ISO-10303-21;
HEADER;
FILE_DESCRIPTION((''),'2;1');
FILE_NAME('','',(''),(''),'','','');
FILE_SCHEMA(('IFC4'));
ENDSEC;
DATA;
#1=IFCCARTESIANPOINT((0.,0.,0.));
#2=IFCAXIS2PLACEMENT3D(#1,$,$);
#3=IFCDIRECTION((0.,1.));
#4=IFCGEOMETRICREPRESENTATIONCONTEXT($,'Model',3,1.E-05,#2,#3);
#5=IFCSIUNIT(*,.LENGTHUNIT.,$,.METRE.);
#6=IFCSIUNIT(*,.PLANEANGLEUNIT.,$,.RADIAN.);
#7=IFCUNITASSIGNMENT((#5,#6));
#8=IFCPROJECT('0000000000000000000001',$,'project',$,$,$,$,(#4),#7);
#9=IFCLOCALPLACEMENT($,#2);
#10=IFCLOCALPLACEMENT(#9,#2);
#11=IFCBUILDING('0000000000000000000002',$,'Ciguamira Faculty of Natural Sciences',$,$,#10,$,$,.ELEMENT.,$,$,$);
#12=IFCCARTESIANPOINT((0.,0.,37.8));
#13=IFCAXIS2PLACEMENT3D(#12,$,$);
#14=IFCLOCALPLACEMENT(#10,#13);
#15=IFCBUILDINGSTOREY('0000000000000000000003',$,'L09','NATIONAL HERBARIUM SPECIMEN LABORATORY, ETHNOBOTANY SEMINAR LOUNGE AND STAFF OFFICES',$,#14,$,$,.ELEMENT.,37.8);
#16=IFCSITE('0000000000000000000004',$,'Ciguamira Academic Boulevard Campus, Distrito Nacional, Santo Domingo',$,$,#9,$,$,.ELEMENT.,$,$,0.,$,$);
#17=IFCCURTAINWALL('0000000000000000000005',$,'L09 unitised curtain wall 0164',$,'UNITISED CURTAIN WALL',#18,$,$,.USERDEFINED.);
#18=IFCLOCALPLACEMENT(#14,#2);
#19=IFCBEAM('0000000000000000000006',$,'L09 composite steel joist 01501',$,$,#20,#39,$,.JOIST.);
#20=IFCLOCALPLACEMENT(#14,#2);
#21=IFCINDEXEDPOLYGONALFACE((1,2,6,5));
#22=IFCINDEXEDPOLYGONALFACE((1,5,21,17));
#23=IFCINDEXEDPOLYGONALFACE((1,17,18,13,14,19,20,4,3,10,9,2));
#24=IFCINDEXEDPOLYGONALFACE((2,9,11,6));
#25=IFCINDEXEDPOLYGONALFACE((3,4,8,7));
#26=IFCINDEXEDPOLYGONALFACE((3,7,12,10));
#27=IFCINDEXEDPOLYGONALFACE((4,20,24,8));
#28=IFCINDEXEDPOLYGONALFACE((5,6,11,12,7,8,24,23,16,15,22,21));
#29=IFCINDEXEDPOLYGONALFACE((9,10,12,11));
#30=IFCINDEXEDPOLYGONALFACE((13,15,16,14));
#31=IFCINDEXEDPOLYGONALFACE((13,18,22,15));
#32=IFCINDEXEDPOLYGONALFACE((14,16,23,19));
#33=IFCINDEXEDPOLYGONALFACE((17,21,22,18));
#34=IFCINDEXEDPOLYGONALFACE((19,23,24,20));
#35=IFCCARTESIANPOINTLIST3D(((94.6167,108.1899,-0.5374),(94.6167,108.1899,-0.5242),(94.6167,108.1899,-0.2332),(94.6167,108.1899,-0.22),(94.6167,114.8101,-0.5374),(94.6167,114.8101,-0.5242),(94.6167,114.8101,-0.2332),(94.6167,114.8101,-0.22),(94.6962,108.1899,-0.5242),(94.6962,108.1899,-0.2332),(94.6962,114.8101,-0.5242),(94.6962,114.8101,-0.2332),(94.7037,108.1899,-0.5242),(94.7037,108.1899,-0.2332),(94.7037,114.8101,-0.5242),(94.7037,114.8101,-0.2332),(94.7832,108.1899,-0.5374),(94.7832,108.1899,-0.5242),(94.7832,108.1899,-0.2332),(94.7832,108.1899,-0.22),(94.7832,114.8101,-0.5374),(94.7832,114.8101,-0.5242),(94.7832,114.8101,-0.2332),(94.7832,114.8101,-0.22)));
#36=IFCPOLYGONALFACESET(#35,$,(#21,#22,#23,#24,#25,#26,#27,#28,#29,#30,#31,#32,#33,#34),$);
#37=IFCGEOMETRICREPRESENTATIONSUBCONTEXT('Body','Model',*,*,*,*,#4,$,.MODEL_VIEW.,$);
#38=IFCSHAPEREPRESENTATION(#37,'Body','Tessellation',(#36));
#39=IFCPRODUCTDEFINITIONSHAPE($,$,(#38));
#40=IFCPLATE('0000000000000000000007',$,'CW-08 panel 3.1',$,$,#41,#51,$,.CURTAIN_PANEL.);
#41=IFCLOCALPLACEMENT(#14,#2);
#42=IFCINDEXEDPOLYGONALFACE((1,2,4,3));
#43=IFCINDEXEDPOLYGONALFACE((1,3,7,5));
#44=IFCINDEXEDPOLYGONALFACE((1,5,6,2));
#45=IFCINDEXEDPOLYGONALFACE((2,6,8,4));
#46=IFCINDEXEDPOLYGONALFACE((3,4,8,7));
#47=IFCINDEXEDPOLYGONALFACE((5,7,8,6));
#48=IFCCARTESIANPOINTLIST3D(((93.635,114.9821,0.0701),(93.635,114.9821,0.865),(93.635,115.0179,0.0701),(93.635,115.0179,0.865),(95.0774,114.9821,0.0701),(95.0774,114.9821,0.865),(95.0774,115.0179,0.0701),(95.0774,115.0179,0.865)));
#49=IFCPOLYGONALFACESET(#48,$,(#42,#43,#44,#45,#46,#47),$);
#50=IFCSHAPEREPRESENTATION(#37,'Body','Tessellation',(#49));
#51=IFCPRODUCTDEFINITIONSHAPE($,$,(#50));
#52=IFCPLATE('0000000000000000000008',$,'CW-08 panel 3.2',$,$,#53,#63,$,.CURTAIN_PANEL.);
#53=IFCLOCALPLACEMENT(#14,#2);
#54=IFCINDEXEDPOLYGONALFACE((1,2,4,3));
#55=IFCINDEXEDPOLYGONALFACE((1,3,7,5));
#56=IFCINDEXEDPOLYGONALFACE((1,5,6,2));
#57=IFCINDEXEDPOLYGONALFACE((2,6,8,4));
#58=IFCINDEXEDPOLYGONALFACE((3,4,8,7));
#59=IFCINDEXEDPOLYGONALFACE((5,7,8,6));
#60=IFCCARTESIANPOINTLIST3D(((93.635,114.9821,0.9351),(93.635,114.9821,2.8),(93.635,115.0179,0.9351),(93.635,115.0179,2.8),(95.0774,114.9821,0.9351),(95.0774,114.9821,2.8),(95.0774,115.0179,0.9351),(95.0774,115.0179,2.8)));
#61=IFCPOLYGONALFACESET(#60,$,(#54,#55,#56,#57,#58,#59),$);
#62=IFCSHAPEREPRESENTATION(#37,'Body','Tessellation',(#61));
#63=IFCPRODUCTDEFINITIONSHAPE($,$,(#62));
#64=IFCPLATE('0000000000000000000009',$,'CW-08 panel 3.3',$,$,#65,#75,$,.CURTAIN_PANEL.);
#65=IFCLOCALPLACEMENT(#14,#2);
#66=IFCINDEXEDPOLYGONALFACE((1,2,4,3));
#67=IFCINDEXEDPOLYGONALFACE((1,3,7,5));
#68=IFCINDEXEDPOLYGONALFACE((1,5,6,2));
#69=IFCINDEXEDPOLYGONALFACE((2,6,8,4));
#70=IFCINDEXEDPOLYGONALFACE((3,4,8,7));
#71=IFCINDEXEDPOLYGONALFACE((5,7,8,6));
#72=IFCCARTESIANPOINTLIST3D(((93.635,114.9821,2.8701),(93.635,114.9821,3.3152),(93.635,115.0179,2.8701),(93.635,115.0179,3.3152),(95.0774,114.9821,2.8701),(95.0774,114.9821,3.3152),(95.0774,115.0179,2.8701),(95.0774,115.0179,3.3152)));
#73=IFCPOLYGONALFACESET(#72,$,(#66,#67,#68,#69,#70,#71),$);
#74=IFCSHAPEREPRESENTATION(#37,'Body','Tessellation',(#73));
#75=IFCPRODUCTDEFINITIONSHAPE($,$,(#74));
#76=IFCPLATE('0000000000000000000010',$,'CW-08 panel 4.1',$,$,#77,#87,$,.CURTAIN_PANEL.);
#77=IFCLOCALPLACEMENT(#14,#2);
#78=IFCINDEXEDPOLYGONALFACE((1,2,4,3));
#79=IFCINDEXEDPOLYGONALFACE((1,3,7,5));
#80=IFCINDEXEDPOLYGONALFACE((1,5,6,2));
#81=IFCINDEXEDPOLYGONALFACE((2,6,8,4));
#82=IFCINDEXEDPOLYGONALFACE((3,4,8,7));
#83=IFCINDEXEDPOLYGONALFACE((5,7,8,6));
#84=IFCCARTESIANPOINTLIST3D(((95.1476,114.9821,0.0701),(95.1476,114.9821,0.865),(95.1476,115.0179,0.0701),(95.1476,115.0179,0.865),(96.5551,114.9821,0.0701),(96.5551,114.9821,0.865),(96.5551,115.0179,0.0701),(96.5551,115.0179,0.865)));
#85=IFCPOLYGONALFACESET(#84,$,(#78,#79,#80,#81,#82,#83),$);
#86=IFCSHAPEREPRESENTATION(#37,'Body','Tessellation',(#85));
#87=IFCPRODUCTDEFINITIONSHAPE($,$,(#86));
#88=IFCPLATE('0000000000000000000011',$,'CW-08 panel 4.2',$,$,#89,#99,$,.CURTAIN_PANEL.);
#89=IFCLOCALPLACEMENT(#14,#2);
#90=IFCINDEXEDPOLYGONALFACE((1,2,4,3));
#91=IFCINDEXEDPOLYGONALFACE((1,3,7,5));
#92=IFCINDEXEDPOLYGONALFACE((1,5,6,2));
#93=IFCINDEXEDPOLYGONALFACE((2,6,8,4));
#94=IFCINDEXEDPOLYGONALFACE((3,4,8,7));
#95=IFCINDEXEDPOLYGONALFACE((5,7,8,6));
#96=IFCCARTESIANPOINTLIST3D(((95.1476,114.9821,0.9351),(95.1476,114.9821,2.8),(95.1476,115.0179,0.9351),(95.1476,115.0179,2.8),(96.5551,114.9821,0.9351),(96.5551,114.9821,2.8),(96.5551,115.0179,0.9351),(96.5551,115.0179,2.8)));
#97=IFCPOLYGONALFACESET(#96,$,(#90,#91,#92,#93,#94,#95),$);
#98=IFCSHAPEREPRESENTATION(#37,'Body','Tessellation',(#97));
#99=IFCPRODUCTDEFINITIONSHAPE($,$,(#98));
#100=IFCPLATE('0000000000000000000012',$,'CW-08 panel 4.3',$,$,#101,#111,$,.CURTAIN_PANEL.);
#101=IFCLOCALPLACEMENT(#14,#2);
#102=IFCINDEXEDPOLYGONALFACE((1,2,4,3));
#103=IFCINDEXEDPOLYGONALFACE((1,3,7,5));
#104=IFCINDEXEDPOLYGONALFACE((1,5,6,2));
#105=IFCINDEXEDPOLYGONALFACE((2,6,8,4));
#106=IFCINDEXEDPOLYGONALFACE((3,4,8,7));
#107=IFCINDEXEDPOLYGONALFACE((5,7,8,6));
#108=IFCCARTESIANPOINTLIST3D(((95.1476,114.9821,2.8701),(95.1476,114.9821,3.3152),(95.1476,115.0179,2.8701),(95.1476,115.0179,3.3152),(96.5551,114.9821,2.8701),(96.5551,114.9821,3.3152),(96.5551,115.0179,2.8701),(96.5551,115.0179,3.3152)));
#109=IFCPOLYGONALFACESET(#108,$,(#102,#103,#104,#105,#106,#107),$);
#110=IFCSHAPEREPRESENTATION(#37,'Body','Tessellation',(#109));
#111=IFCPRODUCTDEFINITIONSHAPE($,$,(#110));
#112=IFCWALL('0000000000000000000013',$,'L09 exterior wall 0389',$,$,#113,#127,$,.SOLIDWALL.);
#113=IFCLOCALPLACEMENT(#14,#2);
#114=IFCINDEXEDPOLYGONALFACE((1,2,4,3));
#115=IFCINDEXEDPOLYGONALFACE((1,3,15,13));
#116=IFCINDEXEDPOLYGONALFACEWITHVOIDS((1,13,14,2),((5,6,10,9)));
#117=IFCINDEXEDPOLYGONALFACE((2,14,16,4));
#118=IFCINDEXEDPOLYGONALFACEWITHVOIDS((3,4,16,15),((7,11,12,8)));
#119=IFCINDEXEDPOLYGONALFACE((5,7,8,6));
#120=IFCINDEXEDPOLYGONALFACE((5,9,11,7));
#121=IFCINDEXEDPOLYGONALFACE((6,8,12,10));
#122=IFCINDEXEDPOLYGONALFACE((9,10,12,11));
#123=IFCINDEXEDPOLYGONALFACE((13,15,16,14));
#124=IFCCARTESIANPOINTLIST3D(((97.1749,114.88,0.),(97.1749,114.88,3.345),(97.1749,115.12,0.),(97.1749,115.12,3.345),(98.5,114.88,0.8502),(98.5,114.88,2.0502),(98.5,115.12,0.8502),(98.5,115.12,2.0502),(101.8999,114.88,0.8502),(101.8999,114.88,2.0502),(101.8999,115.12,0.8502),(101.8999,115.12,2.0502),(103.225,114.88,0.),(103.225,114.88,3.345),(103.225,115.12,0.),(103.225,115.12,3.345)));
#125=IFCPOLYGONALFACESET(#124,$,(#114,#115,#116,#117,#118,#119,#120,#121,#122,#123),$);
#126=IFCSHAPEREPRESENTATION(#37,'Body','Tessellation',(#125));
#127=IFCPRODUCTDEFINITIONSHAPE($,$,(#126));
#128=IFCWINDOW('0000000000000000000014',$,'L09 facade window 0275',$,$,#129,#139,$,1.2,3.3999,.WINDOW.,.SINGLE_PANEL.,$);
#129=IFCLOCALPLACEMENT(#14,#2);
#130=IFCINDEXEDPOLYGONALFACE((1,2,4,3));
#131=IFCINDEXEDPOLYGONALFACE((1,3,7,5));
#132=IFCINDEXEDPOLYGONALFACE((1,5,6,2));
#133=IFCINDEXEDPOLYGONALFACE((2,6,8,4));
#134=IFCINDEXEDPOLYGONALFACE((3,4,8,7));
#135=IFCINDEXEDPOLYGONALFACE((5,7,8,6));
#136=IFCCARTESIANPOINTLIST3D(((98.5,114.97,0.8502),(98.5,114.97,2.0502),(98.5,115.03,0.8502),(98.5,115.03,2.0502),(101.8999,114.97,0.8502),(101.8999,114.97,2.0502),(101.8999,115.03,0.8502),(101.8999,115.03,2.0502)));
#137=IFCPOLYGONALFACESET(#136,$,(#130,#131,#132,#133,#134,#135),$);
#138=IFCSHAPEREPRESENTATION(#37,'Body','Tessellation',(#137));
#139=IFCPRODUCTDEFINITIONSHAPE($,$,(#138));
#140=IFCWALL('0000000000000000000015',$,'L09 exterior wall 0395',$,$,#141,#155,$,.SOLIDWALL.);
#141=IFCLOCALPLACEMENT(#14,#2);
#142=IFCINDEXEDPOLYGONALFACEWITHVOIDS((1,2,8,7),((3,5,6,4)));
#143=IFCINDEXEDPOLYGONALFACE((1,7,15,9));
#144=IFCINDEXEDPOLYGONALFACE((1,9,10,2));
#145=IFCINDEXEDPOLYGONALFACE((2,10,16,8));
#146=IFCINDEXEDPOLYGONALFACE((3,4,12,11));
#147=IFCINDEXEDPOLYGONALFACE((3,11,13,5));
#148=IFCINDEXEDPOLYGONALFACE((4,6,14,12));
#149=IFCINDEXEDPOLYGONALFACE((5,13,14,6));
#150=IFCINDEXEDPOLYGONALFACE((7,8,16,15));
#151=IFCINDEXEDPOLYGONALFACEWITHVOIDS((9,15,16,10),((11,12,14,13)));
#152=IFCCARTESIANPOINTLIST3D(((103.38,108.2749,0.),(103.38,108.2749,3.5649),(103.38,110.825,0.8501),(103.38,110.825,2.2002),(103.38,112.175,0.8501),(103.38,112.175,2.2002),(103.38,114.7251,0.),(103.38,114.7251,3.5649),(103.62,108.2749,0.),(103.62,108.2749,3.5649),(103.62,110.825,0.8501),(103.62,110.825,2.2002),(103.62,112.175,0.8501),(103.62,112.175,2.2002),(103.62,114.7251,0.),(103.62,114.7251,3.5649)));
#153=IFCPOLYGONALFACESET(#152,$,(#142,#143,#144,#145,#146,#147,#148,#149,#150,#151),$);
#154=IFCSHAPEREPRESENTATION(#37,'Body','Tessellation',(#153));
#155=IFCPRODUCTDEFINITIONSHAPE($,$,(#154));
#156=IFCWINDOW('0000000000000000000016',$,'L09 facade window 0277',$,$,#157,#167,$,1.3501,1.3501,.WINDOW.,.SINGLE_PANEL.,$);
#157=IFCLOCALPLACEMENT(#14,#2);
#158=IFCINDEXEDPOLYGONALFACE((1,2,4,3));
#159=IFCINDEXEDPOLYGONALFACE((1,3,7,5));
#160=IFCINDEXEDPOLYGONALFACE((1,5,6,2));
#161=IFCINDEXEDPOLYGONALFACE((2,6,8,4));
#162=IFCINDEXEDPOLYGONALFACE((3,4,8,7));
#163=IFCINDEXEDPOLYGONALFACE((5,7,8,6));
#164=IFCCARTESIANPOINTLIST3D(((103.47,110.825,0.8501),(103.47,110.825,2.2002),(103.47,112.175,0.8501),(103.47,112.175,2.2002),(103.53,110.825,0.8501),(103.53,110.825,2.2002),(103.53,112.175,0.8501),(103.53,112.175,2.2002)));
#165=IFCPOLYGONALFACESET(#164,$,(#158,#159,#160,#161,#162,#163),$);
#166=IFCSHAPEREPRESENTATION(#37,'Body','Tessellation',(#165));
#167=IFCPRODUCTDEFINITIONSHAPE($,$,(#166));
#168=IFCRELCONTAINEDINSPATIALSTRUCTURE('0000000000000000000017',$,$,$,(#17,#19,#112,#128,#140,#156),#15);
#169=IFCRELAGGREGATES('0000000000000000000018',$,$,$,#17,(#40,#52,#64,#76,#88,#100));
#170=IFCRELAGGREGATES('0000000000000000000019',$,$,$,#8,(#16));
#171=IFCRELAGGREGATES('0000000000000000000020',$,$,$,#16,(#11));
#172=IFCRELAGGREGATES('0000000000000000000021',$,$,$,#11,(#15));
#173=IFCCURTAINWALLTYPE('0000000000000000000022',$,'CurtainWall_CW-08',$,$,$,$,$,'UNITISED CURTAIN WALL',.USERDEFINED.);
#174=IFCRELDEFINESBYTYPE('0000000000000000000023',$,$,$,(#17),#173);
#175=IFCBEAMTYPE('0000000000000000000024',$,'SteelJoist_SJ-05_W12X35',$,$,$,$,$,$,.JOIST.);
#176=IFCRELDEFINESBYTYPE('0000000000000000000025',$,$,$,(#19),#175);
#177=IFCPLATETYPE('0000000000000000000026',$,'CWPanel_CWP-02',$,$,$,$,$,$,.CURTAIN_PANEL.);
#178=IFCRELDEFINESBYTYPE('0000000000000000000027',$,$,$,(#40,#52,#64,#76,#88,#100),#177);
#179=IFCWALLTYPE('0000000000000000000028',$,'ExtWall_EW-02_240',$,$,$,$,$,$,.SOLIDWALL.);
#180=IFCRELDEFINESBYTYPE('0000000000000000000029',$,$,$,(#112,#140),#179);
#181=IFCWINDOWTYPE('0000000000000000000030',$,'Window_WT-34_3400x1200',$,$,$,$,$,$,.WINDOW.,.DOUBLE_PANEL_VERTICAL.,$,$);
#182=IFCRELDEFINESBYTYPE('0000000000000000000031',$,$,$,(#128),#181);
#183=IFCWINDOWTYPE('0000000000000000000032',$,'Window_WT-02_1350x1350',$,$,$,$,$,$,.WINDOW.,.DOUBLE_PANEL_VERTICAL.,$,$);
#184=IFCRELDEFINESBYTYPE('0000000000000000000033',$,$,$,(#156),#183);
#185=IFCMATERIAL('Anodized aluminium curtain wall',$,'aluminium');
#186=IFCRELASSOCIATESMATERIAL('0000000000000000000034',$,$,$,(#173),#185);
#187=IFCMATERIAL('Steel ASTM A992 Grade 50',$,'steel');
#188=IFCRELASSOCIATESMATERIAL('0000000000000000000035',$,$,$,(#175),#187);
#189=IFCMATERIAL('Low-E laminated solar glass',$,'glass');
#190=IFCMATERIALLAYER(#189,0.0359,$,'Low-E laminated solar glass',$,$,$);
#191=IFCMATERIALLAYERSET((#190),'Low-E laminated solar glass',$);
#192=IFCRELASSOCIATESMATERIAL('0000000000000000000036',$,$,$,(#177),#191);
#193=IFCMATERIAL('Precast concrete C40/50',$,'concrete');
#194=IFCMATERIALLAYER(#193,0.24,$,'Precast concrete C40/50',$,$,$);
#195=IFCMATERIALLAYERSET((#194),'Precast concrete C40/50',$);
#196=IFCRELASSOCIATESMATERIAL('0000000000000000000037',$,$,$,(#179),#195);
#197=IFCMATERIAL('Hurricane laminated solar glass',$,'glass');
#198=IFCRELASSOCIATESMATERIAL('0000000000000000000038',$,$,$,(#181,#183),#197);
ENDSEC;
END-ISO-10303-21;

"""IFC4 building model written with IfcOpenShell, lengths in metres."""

from ifc_helpers import new_model, si_unit, direction, frame, frame_2d, origin, origin_2d, place, context, subcontext, project, spatial, rectangle, i_section, extrude, material, layer, layer_set, material_profile, profile_set, type_object, element, fill, aggregate, save


model = new_model("IFC4")

# Units and contexts
model_context = context("Model", 3, precision=1e-05, world=origin(), true_north=direction((0.0, 1.0)))
body_context = subcontext(model_context, "Body", "Model", "MODEL_VIEW")
ifc_project = project(units=[si_unit("LENGTHUNIT", "METRE"), si_unit("PLANEANGLEUNIT", "RADIAN")], contexts=[model_context])

# Site, building, storey
site_placement = place(None, origin())
site = spatial("IfcSite", under=ifc_project, at=site_placement, Name="Ciguamira Academic Boulevard Campus, Distrito Nacional, Santo Domingo", CompositionType="ELEMENT", RefElevation=0.0)
building_placement = place(site_placement, origin())
building = spatial("IfcBuilding", under=site, at=building_placement, Name="Ciguamira Faculty of Natural Sciences", CompositionType="ELEMENT")
storey_placement = place(building_placement, frame((0.0, 0.0, 37.8)))
storey = spatial("IfcBuildingStorey", under=building, at=storey_placement, Name="L09", Description="NATIONAL HERBARIUM SPECIMEN LABORATORY, ETHNOBOTANY SEMINAR LOUNGE AND STAFF OFFICES", CompositionType="ELEMENT", Elevation=37.8)

# Curtain wall
ifc_material_1 = material(Name="Anodized aluminium curtain wall", Category="aluminium")
curtain_wall_type = type_object("IfcCurtainWallType", Name="CurtainWall_CW-08", ElementType="UNITISED CURTAIN WALL", PredefinedType="USERDEFINED", material=ifc_material_1)
curtain_wall_placement = place(storey_placement, origin())
curtain_wall = element("IfcCurtainWall", 1, at=curtain_wall_placement, inside=storey, type_object=curtain_wall_type, Name="L09 unitised curtain wall 0164", ObjectType="UNITISED CURTAIN WALL", PredefinedType="USERDEFINED")

# Beam
ifc_material_2 = material(Name="Precast concrete C40/50", Category="concrete")
ifc_material_3 = material(Name="Steel ASTM A992 Grade 50", Category="steel")
ifc_material_profile_1 = material_profile(ifc_material_3, i_section(OverallWidth=0.1665, OverallDepth=0.3174, WebThickness=0.0076, FlangeThickness=0.0132, at=origin_2d()), Name="W12X35")
ifc_profile_set_1 = profile_set([ifc_material_profile_1], Name="Steel ASTM A992 Grade 50")
beam_type_1 = type_object("IfcBeamType", Name="SteelJoist_SJ-05_W12X35", PredefinedType="JOIST", material=ifc_profile_set_1)
beam_1_placement = place(storey_placement, frame((94.7, 108.1899, -0.3787), z_axis=(0.0, 1.0, 0.0), x_axis=(-1.0, 0.0, 0.0)))
element("IfcBeam", 2, at=beam_1_placement, inside=storey, type_object=beam_type_1, Name="L09 composite steel joist 01501", PredefinedType="JOIST", context=body_context, shape_type="SweptSolid", body=[
    extrude(i_section(OverallWidth=0.1665, OverallDepth=0.3174, WebThickness=0.0076, FlangeThickness=0.0132, at=origin_2d()), origin(), (0.0, 0.0, 1.0), 6.6201),
])

# Plates
ifc_material_4 = material(Name="Low-E laminated solar glass", Category="glass")
ifc_layer_1 = layer(ifc_material_4, 0.0359, Name="Low-E laminated solar glass")
ifc_layer_set_1 = layer_set([ifc_layer_1], Name="Low-E laminated solar glass")
plate_type = type_object("IfcPlateType", Name="CWPanel_CWP-02", PredefinedType="CURTAIN_PANEL", material=ifc_layer_set_1)
plate_1_placement = place(storey_placement, frame((94.3562, 115.0, 0.0701), z_axis=(0.0, 0.0, 1.0), x_axis=(1.0, 0.0, 0.0)))
plate_1 = element("IfcPlate", 3, at=plate_1_placement, type_object=plate_type, Name="CW-08 panel 3.1", PredefinedType="CURTAIN_PANEL", context=body_context, shape_type="SweptSolid", body=[
    extrude(rectangle(XDim=1.4424, YDim=0.0359, at=origin_2d()), origin(), (0.0, 0.0, 1.0), 0.7949),
])
plate_2_placement = place(storey_placement, frame((94.3562, 115.0, 0.9351), z_axis=(0.0, 0.0, 1.0), x_axis=(1.0, 0.0, 0.0)))
plate_2 = element("IfcPlate", 4, at=plate_2_placement, type_object=plate_type, Name="CW-08 panel 3.2", PredefinedType="CURTAIN_PANEL", context=body_context, shape_type="SweptSolid", body=[
    extrude(rectangle(XDim=1.4424, YDim=0.0359, at=origin_2d()), origin(), (0.0, 0.0, 1.0), 1.865),
])
plate_3_placement = place(storey_placement, frame((94.3562, 115.0, 2.8701), z_axis=(0.0, 0.0, 1.0), x_axis=(1.0, 0.0, 0.0)))
plate_3 = element("IfcPlate", 5, at=plate_3_placement, type_object=plate_type, Name="CW-08 panel 3.3", PredefinedType="CURTAIN_PANEL", context=body_context, shape_type="SweptSolid", body=[
    extrude(rectangle(XDim=1.4424, YDim=0.0359, at=origin_2d()), origin(), (0.0, 0.0, 1.0), 0.4451),
])
plate_4_placement = place(storey_placement, frame((95.8513, 115.0, 0.0701), z_axis=(0.0, 0.0, 1.0), x_axis=(1.0, 0.0, 0.0)))
plate_4 = element("IfcPlate", 6, at=plate_4_placement, type_object=plate_type, Name="CW-08 panel 4.1", PredefinedType="CURTAIN_PANEL", context=body_context, shape_type="SweptSolid", body=[
    extrude(rectangle(XDim=1.4075, YDim=0.0359, at=origin_2d()), origin(), (0.0, 0.0, 1.0), 0.7949),
])
plate_5_placement = place(storey_placement, frame((95.8513, 115.0, 0.9351), z_axis=(0.0, 0.0, 1.0), x_axis=(1.0, 0.0, 0.0)))
plate_5 = element("IfcPlate", 7, at=plate_5_placement, type_object=plate_type, Name="CW-08 panel 4.2", PredefinedType="CURTAIN_PANEL", context=body_context, shape_type="SweptSolid", body=[
    extrude(rectangle(XDim=1.4075, YDim=0.0359, at=origin_2d()), origin(), (0.0, 0.0, 1.0), 1.865),
])
plate_6_placement = place(storey_placement, frame((95.8513, 115.0, 2.8701), z_axis=(0.0, 0.0, 1.0), x_axis=(1.0, 0.0, 0.0)))
plate_6 = element("IfcPlate", 8, at=plate_6_placement, type_object=plate_type, Name="CW-08 panel 4.3", PredefinedType="CURTAIN_PANEL", context=body_context, shape_type="SweptSolid", body=[
    extrude(rectangle(XDim=1.4075, YDim=0.0359, at=origin_2d()), origin(), (0.0, 0.0, 1.0), 0.4451),
])
aggregate(curtain_wall, [plate_1, plate_2, plate_3, plate_4, plate_5, plate_6])

# Walls, openings, windows
ifc_layer_2 = layer(ifc_material_2, 0.24, Name="Precast concrete C40/50")
ifc_layer_set_2 = layer_set([ifc_layer_2], Name="Precast concrete C40/50")
wall_type = type_object("IfcWallType", Name="ExtWall_EW-02_240", PredefinedType="SOLIDWALL", material=ifc_layer_set_2)
wall_1_placement = place(storey_placement, frame((97.175, 115.0, 0.0), z_axis=(0.0, 0.0, 1.0), x_axis=(1.0, 0.0, 0.0)))
wall_1 = element("IfcWall", 9, at=wall_1_placement, inside=storey, type_object=wall_type, Name="L09 exterior wall 0389", PredefinedType="SOLIDWALL", context=body_context, shape_type="SweptSolid", body=[
    extrude(rectangle(XDim=6.05, YDim=0.24, at=frame_2d((3.0249, 0.0))), origin(), (0.0, 0.0, 1.0), 3.345),
])
opening_1_placement = place(wall_1_placement, frame((1.325, 0.0, 0.8501)))
opening_1 = element("IfcOpeningElement", 10, at=opening_1_placement, cuts=wall_1, PredefinedType="OPENING", context=body_context, shape_type="SweptSolid", body=[
    extrude(rectangle(XDim=3.3999, YDim=1.2, at=frame_2d((1.7, 0.6001))), frame((0.0, 0.1299, 0.0), z_axis=(0.0, -1.0, 0.0), x_axis=(1.0, 0.0, 0.0)), (0.0, 0.0, 1.0), 0.26),
])
ifc_material_5 = material(Name="Hurricane laminated solar glass", Category="glass")
window_type_1 = type_object("IfcWindowType", Name="Window_WT-34_3400x1200", PartitioningType="DOUBLE_PANEL_VERTICAL", PredefinedType="WINDOW", material=ifc_material_5)
window_1_placement = place(opening_1_placement, origin())
window_1 = element("IfcWindow", 11, at=window_1_placement, inside=storey, type_object=window_type_1, Name="L09 facade window 0275", OverallHeight=1.2, OverallWidth=3.3999, PartitioningType="SINGLE_PANEL", PredefinedType="WINDOW", context=body_context, shape_type="SweptSolid", body=[
    extrude(rectangle(XDim=3.3999, YDim=1.2, at=frame_2d((1.7, 0.6001))), frame((0.0, 0.03, 0.0), z_axis=(0.0, -1.0, 0.0), x_axis=(1.0, 0.0, 0.0)), (0.0, 0.0, 1.0), 0.0601),
])
fill(opening_1, window_1)
wall_2_placement = place(storey_placement, frame((103.5, 108.2749, 0.0), z_axis=(0.0, 0.0, 1.0), x_axis=(0.0, 1.0, 0.0)))
wall_2 = element("IfcWall", 12, at=wall_2_placement, inside=storey, type_object=wall_type, Name="L09 exterior wall 0395", PredefinedType="SOLIDWALL", context=body_context, shape_type="SweptSolid", body=[
    extrude(rectangle(XDim=6.4502, YDim=0.24, at=frame_2d((3.2251, 0.0))), origin(), (0.0, 0.0, 1.0), 3.5649),
])
opening_2_placement = place(wall_2_placement, frame((2.55, 0.0, 0.8501)))
opening_2 = element("IfcOpeningElement", 13, at=opening_2_placement, cuts=wall_2, PredefinedType="OPENING", context=body_context, shape_type="SweptSolid", body=[
    extrude(rectangle(XDim=1.3501, YDim=1.3501, at=frame_2d((0.675, 0.675))), frame((0.0, 0.1299, 0.0), z_axis=(0.0, -1.0, 0.0), x_axis=(1.0, 0.0, 0.0)), (0.0, 0.0, 1.0), 0.26),
])
window_type_2 = type_object("IfcWindowType", Name="Window_WT-02_1350x1350", PartitioningType="DOUBLE_PANEL_VERTICAL", PredefinedType="WINDOW", material=ifc_material_5)
window_2_placement = place(opening_2_placement, origin())
window_2 = element("IfcWindow", 14, at=window_2_placement, inside=storey, type_object=window_type_2, Name="L09 facade window 0277", OverallHeight=1.3501, OverallWidth=1.3501, PartitioningType="SINGLE_PANEL", PredefinedType="WINDOW", context=body_context, shape_type="SweptSolid", body=[
    extrude(rectangle(XDim=1.3501, YDim=1.3501, at=frame_2d((0.675, 0.675))), frame((0.0, 0.03, 0.0), z_axis=(0.0, -1.0, 0.0), x_axis=(1.0, 0.0, 0.0)), (0.0, 0.0, 1.0), 0.0601),
])
fill(opening_2, window_2)

save(model, "model.ifc")
